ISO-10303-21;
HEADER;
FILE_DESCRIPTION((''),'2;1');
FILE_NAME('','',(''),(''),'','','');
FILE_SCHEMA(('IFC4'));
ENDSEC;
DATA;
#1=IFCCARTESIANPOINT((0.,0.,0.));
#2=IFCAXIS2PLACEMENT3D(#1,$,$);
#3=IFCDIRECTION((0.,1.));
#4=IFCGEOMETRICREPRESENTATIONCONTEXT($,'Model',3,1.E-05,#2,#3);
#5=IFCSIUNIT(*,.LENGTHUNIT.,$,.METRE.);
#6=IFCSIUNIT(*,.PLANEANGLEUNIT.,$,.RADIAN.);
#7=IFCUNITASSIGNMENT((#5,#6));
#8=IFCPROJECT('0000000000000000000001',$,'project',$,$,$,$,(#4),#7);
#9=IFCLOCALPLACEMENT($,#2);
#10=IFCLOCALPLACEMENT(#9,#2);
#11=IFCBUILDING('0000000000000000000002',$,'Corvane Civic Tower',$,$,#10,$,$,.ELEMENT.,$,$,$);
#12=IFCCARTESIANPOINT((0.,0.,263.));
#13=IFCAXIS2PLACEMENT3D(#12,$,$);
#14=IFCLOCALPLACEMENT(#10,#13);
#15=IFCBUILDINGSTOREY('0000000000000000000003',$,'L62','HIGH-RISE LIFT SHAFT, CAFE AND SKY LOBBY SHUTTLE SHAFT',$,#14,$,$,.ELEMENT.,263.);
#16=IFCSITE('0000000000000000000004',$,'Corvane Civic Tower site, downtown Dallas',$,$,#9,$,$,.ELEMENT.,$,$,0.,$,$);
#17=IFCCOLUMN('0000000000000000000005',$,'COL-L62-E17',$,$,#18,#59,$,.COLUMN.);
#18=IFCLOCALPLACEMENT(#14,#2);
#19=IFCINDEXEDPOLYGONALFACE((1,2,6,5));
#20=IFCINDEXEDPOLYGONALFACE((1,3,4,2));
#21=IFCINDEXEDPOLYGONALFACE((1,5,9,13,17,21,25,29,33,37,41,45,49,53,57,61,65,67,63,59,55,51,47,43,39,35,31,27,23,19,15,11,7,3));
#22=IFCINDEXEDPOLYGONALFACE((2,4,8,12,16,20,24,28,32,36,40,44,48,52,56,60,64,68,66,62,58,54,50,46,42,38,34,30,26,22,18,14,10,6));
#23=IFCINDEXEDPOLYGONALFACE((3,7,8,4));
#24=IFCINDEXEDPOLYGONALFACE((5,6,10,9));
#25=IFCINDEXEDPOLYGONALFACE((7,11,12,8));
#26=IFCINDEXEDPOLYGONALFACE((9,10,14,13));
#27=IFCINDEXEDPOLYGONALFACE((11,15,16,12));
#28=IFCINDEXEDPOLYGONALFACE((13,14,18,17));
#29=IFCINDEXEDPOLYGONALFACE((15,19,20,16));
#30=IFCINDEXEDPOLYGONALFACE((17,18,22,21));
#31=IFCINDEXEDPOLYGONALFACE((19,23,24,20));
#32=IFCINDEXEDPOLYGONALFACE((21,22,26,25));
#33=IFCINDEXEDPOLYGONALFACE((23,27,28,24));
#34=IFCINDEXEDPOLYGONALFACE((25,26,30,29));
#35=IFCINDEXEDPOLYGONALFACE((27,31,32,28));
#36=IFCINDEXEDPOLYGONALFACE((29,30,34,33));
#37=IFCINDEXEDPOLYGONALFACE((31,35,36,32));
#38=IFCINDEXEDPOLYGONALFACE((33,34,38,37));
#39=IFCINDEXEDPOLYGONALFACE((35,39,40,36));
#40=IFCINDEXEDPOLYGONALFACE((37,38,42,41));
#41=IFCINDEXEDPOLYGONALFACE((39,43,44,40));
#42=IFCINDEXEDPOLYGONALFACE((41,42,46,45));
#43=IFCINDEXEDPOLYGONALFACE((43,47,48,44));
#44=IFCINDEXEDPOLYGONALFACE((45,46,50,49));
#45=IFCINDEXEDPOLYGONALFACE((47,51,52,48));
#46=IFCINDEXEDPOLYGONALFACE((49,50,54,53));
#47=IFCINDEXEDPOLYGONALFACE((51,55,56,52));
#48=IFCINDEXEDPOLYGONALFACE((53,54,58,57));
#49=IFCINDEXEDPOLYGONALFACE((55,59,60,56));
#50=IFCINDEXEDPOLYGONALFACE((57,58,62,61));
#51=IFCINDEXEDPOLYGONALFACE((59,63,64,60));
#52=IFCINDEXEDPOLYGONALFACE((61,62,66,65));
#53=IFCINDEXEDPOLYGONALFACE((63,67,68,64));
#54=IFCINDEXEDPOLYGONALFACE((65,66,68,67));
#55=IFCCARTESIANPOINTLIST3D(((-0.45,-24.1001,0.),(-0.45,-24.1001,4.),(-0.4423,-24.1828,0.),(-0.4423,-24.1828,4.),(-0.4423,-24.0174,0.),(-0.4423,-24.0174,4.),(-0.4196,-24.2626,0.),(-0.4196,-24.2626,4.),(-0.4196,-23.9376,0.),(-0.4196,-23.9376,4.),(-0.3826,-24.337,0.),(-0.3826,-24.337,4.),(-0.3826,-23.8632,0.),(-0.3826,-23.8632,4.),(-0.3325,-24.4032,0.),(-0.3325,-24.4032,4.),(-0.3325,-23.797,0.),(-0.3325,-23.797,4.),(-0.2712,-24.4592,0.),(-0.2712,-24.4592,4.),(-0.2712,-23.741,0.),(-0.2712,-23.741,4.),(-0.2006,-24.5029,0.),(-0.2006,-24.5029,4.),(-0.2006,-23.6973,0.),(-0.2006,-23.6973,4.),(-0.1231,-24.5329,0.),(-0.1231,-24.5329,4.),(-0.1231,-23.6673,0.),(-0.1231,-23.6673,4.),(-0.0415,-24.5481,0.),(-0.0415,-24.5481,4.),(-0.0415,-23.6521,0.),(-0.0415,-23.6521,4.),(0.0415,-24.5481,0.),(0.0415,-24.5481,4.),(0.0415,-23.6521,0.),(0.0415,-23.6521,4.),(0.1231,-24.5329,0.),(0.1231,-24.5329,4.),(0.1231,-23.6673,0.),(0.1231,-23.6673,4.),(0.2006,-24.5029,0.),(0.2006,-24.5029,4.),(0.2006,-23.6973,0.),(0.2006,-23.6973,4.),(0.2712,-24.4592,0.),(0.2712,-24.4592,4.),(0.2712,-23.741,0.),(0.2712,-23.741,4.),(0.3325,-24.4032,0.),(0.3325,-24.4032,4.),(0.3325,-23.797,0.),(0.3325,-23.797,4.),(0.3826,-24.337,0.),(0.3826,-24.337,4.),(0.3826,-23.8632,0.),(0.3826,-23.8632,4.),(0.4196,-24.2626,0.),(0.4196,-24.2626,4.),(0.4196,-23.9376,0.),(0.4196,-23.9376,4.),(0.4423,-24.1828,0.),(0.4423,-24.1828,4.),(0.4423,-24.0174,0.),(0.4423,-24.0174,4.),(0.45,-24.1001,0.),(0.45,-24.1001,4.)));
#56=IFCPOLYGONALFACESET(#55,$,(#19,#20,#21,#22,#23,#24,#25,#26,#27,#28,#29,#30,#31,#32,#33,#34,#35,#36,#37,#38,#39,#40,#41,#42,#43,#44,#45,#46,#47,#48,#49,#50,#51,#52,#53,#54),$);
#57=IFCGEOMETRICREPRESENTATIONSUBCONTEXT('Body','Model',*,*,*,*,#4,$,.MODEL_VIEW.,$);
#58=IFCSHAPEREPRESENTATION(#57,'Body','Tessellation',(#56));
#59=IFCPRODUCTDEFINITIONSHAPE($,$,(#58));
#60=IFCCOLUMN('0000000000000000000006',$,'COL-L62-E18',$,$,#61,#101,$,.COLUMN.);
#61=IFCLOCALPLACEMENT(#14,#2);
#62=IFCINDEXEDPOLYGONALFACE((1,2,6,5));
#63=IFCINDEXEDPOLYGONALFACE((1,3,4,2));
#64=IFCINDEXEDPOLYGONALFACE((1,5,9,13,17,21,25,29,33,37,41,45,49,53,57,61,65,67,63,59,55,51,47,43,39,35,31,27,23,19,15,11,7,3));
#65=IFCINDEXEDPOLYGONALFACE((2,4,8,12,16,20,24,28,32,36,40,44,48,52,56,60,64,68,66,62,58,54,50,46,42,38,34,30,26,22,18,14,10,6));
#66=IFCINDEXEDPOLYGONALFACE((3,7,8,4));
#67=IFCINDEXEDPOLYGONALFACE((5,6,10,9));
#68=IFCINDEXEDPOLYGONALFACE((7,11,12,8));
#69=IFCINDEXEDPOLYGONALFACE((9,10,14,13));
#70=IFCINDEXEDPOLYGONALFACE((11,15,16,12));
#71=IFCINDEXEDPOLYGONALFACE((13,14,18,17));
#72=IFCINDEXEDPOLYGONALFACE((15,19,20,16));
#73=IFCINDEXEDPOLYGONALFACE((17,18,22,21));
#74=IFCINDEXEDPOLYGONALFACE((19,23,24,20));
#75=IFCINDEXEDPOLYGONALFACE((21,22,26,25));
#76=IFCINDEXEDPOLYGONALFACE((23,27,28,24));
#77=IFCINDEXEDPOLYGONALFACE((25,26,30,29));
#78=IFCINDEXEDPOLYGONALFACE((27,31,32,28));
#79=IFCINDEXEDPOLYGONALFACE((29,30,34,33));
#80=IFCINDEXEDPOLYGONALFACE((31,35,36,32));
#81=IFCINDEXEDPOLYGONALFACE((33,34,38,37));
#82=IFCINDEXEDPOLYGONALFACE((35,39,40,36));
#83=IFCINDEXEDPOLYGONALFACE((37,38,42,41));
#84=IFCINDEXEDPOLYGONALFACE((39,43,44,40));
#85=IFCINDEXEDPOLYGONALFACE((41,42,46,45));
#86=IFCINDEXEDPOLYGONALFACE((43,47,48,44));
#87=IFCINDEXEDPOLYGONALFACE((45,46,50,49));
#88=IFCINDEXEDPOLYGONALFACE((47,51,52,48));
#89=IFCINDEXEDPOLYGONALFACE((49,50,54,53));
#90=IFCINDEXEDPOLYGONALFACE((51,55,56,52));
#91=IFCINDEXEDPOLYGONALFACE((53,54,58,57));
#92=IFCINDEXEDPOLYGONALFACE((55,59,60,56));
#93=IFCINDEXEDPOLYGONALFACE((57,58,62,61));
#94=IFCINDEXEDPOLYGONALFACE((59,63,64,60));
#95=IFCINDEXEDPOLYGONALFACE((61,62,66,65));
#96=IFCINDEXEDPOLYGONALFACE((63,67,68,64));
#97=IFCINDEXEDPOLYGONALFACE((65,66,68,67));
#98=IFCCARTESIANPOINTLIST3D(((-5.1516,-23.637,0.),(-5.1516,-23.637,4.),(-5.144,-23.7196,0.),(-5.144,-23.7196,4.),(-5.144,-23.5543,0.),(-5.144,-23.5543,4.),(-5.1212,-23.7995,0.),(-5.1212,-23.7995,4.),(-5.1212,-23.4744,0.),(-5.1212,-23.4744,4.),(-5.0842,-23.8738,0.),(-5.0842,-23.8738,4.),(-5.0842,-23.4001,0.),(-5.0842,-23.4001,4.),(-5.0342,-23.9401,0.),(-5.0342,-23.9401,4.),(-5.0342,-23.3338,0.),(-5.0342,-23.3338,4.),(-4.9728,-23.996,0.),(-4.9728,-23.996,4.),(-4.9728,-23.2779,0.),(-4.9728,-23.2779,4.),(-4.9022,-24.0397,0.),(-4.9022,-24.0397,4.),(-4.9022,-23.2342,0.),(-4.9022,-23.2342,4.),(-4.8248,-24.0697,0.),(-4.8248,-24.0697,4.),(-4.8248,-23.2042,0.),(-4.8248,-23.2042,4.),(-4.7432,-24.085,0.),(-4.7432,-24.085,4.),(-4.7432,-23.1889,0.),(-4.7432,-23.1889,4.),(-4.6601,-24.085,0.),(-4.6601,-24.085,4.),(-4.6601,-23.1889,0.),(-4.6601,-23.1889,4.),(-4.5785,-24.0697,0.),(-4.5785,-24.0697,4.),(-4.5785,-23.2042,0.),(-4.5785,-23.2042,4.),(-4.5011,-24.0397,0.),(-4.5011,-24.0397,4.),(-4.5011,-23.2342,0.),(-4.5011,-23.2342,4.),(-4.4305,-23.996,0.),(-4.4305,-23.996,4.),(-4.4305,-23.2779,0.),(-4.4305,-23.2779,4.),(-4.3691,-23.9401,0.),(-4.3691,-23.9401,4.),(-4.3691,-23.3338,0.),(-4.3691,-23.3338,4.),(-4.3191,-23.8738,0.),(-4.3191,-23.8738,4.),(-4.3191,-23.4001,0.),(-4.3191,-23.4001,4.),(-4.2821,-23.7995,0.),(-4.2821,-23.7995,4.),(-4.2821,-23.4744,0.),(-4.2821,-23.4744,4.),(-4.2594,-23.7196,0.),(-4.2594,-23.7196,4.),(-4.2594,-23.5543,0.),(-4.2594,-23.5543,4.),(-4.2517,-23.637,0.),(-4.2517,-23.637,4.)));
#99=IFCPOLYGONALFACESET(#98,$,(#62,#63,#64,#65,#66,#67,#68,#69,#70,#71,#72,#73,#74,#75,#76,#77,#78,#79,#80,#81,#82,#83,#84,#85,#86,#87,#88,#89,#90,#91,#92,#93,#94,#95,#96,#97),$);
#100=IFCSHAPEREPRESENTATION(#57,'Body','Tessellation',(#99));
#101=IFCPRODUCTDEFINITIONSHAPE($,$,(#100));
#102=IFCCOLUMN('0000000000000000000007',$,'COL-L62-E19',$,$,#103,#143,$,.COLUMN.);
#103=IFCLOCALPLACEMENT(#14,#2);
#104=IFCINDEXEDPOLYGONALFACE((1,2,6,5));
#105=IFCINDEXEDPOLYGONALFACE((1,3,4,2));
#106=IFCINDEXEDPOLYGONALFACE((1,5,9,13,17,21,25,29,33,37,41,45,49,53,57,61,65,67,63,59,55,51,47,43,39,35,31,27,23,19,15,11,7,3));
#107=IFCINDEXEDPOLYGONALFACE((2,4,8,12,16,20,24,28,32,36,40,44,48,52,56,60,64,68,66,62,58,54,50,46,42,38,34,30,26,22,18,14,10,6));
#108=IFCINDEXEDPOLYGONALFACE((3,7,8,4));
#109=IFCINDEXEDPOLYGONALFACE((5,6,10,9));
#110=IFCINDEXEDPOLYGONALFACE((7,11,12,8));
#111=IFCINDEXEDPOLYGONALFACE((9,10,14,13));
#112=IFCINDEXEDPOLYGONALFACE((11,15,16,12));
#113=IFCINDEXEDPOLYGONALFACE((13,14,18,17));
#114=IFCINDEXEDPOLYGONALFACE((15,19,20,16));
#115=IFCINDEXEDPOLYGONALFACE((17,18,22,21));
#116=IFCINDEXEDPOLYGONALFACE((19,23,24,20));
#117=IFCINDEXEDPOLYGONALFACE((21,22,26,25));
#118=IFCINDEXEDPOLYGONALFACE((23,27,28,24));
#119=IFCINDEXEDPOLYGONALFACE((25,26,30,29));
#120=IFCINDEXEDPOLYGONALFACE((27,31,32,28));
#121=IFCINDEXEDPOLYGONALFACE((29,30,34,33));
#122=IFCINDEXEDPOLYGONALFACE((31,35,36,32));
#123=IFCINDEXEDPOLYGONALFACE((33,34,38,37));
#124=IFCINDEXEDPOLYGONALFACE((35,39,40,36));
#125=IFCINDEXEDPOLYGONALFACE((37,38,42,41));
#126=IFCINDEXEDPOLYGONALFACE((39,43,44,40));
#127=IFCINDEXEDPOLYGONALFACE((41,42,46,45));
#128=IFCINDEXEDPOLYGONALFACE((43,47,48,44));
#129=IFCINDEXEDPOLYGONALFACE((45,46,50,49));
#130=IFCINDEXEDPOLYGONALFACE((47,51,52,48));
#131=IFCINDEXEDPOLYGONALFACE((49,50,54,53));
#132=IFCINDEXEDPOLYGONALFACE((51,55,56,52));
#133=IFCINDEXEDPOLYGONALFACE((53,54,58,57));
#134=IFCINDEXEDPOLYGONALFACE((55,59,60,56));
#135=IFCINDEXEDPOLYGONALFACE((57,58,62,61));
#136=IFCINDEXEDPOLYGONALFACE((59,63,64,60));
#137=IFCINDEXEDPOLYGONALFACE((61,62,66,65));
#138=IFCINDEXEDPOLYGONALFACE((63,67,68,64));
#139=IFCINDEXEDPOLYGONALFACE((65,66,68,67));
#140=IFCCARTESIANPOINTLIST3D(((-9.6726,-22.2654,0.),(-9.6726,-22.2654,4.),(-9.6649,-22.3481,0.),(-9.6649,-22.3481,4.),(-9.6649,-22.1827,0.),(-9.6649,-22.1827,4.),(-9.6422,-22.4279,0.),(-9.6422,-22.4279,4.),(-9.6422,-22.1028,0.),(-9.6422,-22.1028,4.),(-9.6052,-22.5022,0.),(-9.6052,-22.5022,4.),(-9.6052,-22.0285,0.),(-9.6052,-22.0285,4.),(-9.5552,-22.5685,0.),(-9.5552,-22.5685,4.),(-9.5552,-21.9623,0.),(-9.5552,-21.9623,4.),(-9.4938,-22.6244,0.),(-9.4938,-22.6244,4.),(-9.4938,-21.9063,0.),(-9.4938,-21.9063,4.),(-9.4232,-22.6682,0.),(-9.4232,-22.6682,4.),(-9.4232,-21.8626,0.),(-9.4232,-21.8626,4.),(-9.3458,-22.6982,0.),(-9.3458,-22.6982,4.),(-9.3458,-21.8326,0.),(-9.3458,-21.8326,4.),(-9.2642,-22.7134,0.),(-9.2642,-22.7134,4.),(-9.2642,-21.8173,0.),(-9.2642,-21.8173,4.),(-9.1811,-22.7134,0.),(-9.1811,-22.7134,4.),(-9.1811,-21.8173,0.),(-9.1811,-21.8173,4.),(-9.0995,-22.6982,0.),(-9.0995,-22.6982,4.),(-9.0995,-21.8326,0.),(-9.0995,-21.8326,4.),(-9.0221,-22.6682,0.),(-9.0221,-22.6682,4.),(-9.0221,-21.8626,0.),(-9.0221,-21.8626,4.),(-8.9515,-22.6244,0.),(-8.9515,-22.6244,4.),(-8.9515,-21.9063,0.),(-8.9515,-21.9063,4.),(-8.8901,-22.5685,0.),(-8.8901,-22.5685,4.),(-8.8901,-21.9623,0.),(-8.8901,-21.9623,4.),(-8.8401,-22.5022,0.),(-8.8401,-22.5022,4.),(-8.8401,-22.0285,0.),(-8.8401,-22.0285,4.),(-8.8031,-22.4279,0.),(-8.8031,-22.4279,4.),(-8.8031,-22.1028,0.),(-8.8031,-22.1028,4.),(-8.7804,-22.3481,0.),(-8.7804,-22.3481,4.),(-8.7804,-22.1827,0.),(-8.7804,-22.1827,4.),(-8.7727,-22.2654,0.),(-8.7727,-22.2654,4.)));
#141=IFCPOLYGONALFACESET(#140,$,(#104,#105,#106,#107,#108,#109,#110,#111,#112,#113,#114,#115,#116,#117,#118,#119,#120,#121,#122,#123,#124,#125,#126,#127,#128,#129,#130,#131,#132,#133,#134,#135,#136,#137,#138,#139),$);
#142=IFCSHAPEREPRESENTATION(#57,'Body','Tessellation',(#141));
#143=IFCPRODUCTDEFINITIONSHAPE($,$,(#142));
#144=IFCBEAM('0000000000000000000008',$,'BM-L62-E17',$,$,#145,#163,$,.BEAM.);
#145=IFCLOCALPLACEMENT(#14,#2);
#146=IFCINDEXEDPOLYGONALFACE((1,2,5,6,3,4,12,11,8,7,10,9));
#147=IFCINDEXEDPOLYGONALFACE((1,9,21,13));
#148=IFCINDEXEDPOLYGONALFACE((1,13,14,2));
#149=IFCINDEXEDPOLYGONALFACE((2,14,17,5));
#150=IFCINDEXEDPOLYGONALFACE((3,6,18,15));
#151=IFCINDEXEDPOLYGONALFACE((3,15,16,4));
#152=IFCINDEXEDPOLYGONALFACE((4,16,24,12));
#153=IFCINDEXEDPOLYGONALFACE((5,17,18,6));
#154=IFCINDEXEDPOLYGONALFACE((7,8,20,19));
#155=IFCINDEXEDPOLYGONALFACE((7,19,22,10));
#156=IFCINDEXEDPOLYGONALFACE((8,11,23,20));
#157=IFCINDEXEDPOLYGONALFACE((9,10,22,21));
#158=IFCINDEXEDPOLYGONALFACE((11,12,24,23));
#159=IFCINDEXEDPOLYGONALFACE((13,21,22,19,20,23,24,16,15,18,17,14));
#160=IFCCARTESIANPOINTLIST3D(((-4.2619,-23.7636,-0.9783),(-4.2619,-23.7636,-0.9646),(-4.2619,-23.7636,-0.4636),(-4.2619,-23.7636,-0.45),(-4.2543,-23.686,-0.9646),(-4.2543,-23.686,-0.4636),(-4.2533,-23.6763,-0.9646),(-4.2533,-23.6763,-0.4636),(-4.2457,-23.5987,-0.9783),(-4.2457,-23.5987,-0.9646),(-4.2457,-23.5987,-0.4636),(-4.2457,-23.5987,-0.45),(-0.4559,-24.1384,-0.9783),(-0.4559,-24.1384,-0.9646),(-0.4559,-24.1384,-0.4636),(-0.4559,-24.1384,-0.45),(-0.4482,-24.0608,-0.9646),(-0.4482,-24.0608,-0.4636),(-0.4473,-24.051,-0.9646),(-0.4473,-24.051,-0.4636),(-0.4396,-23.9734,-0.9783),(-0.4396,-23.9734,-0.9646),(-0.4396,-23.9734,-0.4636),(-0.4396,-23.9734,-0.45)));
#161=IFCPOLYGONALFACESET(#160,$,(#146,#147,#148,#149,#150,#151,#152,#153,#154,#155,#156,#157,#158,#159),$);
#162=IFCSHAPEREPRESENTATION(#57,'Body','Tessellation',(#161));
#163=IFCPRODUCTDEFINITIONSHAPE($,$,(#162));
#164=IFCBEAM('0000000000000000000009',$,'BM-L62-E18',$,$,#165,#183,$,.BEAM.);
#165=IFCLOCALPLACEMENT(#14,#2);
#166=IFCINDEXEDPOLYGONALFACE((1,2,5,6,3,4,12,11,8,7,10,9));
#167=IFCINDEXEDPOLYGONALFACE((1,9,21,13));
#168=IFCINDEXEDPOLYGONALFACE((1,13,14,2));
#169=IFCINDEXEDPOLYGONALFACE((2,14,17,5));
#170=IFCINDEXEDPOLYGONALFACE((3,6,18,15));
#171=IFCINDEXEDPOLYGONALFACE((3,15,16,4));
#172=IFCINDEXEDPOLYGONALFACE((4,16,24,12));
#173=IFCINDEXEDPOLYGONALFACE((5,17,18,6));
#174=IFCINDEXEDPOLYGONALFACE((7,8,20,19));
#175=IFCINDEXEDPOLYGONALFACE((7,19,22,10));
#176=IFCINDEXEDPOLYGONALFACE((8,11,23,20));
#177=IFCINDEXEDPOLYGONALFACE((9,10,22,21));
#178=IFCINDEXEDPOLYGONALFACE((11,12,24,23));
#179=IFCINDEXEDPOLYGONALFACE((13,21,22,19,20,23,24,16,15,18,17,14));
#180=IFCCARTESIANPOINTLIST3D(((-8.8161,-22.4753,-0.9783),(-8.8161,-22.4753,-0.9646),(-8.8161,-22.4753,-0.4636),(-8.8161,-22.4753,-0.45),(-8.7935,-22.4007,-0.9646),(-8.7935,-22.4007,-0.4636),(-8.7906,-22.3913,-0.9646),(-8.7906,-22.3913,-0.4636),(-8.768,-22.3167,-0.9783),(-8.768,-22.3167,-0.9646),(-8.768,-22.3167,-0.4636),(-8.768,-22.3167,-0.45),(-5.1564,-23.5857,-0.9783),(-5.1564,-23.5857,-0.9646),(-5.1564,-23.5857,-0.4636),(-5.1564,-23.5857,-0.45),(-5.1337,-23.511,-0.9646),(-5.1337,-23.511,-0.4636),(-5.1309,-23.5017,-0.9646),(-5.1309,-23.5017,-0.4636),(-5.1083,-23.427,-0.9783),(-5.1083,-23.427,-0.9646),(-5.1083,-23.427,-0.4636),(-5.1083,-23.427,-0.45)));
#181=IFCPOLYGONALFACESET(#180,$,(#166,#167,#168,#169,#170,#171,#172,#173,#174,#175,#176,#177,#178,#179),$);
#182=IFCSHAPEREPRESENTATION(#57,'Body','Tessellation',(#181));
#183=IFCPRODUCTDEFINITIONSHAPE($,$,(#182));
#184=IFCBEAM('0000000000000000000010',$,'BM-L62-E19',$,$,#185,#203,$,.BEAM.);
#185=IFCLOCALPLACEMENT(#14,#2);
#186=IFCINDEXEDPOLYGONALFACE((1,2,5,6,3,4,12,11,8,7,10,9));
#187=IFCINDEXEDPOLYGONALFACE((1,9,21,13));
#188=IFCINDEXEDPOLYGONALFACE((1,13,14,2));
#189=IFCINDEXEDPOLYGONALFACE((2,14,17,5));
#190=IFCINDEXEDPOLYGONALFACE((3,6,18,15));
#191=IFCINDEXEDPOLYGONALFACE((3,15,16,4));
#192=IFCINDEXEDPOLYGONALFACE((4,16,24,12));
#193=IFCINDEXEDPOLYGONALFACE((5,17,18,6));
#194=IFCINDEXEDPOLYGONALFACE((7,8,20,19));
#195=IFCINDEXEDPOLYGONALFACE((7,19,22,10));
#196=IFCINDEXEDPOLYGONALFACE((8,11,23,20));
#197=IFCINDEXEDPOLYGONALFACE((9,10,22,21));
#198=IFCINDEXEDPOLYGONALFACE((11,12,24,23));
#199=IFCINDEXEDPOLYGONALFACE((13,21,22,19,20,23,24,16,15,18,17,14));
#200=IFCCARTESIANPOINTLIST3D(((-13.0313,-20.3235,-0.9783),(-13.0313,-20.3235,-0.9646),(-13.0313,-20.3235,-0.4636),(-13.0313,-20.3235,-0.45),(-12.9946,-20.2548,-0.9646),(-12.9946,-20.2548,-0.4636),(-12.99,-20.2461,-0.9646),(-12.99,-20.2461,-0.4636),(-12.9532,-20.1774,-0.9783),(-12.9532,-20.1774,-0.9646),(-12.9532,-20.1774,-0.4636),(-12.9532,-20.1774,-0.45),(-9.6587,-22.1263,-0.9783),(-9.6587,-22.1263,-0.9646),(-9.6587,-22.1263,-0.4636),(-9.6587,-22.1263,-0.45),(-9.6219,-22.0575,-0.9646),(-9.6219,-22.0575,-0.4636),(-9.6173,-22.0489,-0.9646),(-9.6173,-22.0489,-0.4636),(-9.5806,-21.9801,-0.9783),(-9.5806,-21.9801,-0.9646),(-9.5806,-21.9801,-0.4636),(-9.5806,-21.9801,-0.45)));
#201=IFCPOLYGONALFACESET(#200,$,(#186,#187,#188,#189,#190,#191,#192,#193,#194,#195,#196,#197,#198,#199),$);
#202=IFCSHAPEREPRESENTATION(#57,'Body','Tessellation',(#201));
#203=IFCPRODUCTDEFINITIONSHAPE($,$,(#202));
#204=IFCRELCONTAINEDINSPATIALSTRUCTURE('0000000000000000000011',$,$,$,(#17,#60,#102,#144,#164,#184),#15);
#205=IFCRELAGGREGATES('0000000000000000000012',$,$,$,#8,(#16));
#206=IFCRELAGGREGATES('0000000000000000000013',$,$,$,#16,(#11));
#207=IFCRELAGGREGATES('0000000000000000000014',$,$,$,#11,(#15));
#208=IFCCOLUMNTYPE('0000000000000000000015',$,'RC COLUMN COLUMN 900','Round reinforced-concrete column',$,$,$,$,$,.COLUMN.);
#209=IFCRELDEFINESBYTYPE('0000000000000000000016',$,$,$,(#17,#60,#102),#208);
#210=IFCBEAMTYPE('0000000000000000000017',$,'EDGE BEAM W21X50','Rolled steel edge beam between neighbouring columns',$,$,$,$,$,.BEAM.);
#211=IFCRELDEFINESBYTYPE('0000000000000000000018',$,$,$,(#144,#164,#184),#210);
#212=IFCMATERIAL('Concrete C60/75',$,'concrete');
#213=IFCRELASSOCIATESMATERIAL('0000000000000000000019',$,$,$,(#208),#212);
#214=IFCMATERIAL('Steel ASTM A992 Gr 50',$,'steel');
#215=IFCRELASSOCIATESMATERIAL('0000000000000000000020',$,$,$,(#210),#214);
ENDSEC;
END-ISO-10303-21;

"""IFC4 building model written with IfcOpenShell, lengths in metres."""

from ifc_helpers import new_model, si_unit, direction, frame, origin, origin_2d, place, context, subcontext, project, spatial, circle, i_section, extrude, material, material_profile, profile_set, type_object, element, save


model = new_model("IFC4")

# Units and contexts
model_context = context("Model", 3, precision=1e-05, world=origin(), true_north=direction((0.0, 1.0)))
body_context = subcontext(model_context, "Body", "Model", "MODEL_VIEW")
ifc_project = project(units=[si_unit("LENGTHUNIT", "METRE"), si_unit("PLANEANGLEUNIT", "RADIAN")], contexts=[model_context])

# Site, building, storey
site_placement = place(None, origin())
site = spatial("IfcSite", under=ifc_project, at=site_placement, Name="Corvane Civic Tower site, downtown Dallas", CompositionType="ELEMENT", RefElevation=0.0)
building_placement = place(site_placement, origin())
building = spatial("IfcBuilding", under=site, at=building_placement, Name="Corvane Civic Tower", CompositionType="ELEMENT")
storey_placement = place(building_placement, frame((0.0, 0.0, 263.0)))
storey = spatial("IfcBuildingStorey", under=building, at=storey_placement, Name="L62", Description="HIGH-RISE LIFT SHAFT, CAFE AND SKY LOBBY SHUTTLE SHAFT", CompositionType="ELEMENT", Elevation=263.0)

# Columns
ifc_material_1 = material(Name="Concrete C60/75", Category="concrete")
ifc_material_profile_1 = material_profile(ifc_material_1, circle(Radius=0.45, at=origin_2d()), Name="COLUMN 900")
ifc_profile_set_1 = profile_set([ifc_material_profile_1], Name="Concrete C60/75")
column_type = type_object("IfcColumnType", Name="RC COLUMN COLUMN 900", Description="Round reinforced-concrete column", PredefinedType="COLUMN", material=ifc_profile_set_1)
for number, where, z_axis, x_axis, name in (
    (1, (0.0, -24.1001, 0.0), (0.0, 0.0, 1.0), (1.0, 0.0, 0.0), "COL-L62-E17"),
    (2, (-4.7017, -23.637, 0.0), (0.0, 0.0, 1.0), (1.0, 0.0, 0.0), "COL-L62-E18"),
    (3, (-9.2227, -22.2654, 0.0), (0.0, 0.0, 1.0), (1.0, 0.0, 0.0), "COL-L62-E19"),
):
    element("IfcColumn", number, at=place(storey_placement, frame(where, z_axis=z_axis, x_axis=x_axis)), inside=storey, type_object=column_type, Name=name, PredefinedType="COLUMN", context=body_context, shape_type="SweptSolid", body=[
        extrude(circle(Radius=0.45, at=origin_2d()), origin(), (0.0, 0.0, 1.0), 4.0),
    ])

# Beams
ifc_material_2 = material(Name="Steel ASTM A992 Gr 50", Category="steel")
ifc_material_profile_2 = material_profile(ifc_material_2, i_section(OverallWidth=0.1658, OverallDepth=0.5283, WebThickness=0.0098, FlangeThickness=0.0137, at=origin_2d()), Name="W21X50")
ifc_profile_set_2 = profile_set([ifc_material_profile_2], Name="Steel ASTM A992 Gr 50")
beam_type_1 = type_object("IfcBeamType", Name="EDGE BEAM W21X50", Description="Rolled steel edge beam between neighbouring columns", PredefinedType="BEAM", material=ifc_profile_set_2)
for number, where, z_axis, x_axis, name in (
    (4, (-0.4478, -24.0559, -0.7141), (-0.995188, 0.097987, 0.0), (-0.097987, -0.995188, 0.0), "BM-L62-E17"),
    (5, (-5.1323, -23.5063, -0.7141), (-0.956926, 0.290333, 0.0), (-0.290333, -0.956926, 0.0), "BM-L62-E18"),
):
    element("IfcBeam", number, at=place(storey_placement, frame(where, z_axis=z_axis, x_axis=x_axis)), inside=storey, type_object=beam_type_1, Name=name, PredefinedType="BEAM", context=body_context, shape_type="SweptSolid", body=[
        extrude(i_section(OverallWidth=0.1658, OverallDepth=0.5283, WebThickness=0.0098, FlangeThickness=0.0137, at=origin_2d()), origin(), (0.0, 0.0, 1.0), 3.8245),
    ])
beam_1_placement = place(storey_placement, frame((-9.6196, -22.0532, -0.7141), z_axis=(-0.881914, 0.47141, 0.0), x_axis=(-0.47141, -0.881914, 0.0)))
element("IfcBeam", 6, at=beam_1_placement, inside=storey, type_object=beam_type_1, Name="BM-L62-E19", PredefinedType="BEAM", context=body_context, shape_type="SweptSolid", body=[
    extrude(i_section(OverallWidth=0.1658, OverallDepth=0.5283, WebThickness=0.0098, FlangeThickness=0.0137, at=origin_2d()), origin(), (0.0, 0.0, 1.0), 3.8242),
])

save(model, "model.ifc")
